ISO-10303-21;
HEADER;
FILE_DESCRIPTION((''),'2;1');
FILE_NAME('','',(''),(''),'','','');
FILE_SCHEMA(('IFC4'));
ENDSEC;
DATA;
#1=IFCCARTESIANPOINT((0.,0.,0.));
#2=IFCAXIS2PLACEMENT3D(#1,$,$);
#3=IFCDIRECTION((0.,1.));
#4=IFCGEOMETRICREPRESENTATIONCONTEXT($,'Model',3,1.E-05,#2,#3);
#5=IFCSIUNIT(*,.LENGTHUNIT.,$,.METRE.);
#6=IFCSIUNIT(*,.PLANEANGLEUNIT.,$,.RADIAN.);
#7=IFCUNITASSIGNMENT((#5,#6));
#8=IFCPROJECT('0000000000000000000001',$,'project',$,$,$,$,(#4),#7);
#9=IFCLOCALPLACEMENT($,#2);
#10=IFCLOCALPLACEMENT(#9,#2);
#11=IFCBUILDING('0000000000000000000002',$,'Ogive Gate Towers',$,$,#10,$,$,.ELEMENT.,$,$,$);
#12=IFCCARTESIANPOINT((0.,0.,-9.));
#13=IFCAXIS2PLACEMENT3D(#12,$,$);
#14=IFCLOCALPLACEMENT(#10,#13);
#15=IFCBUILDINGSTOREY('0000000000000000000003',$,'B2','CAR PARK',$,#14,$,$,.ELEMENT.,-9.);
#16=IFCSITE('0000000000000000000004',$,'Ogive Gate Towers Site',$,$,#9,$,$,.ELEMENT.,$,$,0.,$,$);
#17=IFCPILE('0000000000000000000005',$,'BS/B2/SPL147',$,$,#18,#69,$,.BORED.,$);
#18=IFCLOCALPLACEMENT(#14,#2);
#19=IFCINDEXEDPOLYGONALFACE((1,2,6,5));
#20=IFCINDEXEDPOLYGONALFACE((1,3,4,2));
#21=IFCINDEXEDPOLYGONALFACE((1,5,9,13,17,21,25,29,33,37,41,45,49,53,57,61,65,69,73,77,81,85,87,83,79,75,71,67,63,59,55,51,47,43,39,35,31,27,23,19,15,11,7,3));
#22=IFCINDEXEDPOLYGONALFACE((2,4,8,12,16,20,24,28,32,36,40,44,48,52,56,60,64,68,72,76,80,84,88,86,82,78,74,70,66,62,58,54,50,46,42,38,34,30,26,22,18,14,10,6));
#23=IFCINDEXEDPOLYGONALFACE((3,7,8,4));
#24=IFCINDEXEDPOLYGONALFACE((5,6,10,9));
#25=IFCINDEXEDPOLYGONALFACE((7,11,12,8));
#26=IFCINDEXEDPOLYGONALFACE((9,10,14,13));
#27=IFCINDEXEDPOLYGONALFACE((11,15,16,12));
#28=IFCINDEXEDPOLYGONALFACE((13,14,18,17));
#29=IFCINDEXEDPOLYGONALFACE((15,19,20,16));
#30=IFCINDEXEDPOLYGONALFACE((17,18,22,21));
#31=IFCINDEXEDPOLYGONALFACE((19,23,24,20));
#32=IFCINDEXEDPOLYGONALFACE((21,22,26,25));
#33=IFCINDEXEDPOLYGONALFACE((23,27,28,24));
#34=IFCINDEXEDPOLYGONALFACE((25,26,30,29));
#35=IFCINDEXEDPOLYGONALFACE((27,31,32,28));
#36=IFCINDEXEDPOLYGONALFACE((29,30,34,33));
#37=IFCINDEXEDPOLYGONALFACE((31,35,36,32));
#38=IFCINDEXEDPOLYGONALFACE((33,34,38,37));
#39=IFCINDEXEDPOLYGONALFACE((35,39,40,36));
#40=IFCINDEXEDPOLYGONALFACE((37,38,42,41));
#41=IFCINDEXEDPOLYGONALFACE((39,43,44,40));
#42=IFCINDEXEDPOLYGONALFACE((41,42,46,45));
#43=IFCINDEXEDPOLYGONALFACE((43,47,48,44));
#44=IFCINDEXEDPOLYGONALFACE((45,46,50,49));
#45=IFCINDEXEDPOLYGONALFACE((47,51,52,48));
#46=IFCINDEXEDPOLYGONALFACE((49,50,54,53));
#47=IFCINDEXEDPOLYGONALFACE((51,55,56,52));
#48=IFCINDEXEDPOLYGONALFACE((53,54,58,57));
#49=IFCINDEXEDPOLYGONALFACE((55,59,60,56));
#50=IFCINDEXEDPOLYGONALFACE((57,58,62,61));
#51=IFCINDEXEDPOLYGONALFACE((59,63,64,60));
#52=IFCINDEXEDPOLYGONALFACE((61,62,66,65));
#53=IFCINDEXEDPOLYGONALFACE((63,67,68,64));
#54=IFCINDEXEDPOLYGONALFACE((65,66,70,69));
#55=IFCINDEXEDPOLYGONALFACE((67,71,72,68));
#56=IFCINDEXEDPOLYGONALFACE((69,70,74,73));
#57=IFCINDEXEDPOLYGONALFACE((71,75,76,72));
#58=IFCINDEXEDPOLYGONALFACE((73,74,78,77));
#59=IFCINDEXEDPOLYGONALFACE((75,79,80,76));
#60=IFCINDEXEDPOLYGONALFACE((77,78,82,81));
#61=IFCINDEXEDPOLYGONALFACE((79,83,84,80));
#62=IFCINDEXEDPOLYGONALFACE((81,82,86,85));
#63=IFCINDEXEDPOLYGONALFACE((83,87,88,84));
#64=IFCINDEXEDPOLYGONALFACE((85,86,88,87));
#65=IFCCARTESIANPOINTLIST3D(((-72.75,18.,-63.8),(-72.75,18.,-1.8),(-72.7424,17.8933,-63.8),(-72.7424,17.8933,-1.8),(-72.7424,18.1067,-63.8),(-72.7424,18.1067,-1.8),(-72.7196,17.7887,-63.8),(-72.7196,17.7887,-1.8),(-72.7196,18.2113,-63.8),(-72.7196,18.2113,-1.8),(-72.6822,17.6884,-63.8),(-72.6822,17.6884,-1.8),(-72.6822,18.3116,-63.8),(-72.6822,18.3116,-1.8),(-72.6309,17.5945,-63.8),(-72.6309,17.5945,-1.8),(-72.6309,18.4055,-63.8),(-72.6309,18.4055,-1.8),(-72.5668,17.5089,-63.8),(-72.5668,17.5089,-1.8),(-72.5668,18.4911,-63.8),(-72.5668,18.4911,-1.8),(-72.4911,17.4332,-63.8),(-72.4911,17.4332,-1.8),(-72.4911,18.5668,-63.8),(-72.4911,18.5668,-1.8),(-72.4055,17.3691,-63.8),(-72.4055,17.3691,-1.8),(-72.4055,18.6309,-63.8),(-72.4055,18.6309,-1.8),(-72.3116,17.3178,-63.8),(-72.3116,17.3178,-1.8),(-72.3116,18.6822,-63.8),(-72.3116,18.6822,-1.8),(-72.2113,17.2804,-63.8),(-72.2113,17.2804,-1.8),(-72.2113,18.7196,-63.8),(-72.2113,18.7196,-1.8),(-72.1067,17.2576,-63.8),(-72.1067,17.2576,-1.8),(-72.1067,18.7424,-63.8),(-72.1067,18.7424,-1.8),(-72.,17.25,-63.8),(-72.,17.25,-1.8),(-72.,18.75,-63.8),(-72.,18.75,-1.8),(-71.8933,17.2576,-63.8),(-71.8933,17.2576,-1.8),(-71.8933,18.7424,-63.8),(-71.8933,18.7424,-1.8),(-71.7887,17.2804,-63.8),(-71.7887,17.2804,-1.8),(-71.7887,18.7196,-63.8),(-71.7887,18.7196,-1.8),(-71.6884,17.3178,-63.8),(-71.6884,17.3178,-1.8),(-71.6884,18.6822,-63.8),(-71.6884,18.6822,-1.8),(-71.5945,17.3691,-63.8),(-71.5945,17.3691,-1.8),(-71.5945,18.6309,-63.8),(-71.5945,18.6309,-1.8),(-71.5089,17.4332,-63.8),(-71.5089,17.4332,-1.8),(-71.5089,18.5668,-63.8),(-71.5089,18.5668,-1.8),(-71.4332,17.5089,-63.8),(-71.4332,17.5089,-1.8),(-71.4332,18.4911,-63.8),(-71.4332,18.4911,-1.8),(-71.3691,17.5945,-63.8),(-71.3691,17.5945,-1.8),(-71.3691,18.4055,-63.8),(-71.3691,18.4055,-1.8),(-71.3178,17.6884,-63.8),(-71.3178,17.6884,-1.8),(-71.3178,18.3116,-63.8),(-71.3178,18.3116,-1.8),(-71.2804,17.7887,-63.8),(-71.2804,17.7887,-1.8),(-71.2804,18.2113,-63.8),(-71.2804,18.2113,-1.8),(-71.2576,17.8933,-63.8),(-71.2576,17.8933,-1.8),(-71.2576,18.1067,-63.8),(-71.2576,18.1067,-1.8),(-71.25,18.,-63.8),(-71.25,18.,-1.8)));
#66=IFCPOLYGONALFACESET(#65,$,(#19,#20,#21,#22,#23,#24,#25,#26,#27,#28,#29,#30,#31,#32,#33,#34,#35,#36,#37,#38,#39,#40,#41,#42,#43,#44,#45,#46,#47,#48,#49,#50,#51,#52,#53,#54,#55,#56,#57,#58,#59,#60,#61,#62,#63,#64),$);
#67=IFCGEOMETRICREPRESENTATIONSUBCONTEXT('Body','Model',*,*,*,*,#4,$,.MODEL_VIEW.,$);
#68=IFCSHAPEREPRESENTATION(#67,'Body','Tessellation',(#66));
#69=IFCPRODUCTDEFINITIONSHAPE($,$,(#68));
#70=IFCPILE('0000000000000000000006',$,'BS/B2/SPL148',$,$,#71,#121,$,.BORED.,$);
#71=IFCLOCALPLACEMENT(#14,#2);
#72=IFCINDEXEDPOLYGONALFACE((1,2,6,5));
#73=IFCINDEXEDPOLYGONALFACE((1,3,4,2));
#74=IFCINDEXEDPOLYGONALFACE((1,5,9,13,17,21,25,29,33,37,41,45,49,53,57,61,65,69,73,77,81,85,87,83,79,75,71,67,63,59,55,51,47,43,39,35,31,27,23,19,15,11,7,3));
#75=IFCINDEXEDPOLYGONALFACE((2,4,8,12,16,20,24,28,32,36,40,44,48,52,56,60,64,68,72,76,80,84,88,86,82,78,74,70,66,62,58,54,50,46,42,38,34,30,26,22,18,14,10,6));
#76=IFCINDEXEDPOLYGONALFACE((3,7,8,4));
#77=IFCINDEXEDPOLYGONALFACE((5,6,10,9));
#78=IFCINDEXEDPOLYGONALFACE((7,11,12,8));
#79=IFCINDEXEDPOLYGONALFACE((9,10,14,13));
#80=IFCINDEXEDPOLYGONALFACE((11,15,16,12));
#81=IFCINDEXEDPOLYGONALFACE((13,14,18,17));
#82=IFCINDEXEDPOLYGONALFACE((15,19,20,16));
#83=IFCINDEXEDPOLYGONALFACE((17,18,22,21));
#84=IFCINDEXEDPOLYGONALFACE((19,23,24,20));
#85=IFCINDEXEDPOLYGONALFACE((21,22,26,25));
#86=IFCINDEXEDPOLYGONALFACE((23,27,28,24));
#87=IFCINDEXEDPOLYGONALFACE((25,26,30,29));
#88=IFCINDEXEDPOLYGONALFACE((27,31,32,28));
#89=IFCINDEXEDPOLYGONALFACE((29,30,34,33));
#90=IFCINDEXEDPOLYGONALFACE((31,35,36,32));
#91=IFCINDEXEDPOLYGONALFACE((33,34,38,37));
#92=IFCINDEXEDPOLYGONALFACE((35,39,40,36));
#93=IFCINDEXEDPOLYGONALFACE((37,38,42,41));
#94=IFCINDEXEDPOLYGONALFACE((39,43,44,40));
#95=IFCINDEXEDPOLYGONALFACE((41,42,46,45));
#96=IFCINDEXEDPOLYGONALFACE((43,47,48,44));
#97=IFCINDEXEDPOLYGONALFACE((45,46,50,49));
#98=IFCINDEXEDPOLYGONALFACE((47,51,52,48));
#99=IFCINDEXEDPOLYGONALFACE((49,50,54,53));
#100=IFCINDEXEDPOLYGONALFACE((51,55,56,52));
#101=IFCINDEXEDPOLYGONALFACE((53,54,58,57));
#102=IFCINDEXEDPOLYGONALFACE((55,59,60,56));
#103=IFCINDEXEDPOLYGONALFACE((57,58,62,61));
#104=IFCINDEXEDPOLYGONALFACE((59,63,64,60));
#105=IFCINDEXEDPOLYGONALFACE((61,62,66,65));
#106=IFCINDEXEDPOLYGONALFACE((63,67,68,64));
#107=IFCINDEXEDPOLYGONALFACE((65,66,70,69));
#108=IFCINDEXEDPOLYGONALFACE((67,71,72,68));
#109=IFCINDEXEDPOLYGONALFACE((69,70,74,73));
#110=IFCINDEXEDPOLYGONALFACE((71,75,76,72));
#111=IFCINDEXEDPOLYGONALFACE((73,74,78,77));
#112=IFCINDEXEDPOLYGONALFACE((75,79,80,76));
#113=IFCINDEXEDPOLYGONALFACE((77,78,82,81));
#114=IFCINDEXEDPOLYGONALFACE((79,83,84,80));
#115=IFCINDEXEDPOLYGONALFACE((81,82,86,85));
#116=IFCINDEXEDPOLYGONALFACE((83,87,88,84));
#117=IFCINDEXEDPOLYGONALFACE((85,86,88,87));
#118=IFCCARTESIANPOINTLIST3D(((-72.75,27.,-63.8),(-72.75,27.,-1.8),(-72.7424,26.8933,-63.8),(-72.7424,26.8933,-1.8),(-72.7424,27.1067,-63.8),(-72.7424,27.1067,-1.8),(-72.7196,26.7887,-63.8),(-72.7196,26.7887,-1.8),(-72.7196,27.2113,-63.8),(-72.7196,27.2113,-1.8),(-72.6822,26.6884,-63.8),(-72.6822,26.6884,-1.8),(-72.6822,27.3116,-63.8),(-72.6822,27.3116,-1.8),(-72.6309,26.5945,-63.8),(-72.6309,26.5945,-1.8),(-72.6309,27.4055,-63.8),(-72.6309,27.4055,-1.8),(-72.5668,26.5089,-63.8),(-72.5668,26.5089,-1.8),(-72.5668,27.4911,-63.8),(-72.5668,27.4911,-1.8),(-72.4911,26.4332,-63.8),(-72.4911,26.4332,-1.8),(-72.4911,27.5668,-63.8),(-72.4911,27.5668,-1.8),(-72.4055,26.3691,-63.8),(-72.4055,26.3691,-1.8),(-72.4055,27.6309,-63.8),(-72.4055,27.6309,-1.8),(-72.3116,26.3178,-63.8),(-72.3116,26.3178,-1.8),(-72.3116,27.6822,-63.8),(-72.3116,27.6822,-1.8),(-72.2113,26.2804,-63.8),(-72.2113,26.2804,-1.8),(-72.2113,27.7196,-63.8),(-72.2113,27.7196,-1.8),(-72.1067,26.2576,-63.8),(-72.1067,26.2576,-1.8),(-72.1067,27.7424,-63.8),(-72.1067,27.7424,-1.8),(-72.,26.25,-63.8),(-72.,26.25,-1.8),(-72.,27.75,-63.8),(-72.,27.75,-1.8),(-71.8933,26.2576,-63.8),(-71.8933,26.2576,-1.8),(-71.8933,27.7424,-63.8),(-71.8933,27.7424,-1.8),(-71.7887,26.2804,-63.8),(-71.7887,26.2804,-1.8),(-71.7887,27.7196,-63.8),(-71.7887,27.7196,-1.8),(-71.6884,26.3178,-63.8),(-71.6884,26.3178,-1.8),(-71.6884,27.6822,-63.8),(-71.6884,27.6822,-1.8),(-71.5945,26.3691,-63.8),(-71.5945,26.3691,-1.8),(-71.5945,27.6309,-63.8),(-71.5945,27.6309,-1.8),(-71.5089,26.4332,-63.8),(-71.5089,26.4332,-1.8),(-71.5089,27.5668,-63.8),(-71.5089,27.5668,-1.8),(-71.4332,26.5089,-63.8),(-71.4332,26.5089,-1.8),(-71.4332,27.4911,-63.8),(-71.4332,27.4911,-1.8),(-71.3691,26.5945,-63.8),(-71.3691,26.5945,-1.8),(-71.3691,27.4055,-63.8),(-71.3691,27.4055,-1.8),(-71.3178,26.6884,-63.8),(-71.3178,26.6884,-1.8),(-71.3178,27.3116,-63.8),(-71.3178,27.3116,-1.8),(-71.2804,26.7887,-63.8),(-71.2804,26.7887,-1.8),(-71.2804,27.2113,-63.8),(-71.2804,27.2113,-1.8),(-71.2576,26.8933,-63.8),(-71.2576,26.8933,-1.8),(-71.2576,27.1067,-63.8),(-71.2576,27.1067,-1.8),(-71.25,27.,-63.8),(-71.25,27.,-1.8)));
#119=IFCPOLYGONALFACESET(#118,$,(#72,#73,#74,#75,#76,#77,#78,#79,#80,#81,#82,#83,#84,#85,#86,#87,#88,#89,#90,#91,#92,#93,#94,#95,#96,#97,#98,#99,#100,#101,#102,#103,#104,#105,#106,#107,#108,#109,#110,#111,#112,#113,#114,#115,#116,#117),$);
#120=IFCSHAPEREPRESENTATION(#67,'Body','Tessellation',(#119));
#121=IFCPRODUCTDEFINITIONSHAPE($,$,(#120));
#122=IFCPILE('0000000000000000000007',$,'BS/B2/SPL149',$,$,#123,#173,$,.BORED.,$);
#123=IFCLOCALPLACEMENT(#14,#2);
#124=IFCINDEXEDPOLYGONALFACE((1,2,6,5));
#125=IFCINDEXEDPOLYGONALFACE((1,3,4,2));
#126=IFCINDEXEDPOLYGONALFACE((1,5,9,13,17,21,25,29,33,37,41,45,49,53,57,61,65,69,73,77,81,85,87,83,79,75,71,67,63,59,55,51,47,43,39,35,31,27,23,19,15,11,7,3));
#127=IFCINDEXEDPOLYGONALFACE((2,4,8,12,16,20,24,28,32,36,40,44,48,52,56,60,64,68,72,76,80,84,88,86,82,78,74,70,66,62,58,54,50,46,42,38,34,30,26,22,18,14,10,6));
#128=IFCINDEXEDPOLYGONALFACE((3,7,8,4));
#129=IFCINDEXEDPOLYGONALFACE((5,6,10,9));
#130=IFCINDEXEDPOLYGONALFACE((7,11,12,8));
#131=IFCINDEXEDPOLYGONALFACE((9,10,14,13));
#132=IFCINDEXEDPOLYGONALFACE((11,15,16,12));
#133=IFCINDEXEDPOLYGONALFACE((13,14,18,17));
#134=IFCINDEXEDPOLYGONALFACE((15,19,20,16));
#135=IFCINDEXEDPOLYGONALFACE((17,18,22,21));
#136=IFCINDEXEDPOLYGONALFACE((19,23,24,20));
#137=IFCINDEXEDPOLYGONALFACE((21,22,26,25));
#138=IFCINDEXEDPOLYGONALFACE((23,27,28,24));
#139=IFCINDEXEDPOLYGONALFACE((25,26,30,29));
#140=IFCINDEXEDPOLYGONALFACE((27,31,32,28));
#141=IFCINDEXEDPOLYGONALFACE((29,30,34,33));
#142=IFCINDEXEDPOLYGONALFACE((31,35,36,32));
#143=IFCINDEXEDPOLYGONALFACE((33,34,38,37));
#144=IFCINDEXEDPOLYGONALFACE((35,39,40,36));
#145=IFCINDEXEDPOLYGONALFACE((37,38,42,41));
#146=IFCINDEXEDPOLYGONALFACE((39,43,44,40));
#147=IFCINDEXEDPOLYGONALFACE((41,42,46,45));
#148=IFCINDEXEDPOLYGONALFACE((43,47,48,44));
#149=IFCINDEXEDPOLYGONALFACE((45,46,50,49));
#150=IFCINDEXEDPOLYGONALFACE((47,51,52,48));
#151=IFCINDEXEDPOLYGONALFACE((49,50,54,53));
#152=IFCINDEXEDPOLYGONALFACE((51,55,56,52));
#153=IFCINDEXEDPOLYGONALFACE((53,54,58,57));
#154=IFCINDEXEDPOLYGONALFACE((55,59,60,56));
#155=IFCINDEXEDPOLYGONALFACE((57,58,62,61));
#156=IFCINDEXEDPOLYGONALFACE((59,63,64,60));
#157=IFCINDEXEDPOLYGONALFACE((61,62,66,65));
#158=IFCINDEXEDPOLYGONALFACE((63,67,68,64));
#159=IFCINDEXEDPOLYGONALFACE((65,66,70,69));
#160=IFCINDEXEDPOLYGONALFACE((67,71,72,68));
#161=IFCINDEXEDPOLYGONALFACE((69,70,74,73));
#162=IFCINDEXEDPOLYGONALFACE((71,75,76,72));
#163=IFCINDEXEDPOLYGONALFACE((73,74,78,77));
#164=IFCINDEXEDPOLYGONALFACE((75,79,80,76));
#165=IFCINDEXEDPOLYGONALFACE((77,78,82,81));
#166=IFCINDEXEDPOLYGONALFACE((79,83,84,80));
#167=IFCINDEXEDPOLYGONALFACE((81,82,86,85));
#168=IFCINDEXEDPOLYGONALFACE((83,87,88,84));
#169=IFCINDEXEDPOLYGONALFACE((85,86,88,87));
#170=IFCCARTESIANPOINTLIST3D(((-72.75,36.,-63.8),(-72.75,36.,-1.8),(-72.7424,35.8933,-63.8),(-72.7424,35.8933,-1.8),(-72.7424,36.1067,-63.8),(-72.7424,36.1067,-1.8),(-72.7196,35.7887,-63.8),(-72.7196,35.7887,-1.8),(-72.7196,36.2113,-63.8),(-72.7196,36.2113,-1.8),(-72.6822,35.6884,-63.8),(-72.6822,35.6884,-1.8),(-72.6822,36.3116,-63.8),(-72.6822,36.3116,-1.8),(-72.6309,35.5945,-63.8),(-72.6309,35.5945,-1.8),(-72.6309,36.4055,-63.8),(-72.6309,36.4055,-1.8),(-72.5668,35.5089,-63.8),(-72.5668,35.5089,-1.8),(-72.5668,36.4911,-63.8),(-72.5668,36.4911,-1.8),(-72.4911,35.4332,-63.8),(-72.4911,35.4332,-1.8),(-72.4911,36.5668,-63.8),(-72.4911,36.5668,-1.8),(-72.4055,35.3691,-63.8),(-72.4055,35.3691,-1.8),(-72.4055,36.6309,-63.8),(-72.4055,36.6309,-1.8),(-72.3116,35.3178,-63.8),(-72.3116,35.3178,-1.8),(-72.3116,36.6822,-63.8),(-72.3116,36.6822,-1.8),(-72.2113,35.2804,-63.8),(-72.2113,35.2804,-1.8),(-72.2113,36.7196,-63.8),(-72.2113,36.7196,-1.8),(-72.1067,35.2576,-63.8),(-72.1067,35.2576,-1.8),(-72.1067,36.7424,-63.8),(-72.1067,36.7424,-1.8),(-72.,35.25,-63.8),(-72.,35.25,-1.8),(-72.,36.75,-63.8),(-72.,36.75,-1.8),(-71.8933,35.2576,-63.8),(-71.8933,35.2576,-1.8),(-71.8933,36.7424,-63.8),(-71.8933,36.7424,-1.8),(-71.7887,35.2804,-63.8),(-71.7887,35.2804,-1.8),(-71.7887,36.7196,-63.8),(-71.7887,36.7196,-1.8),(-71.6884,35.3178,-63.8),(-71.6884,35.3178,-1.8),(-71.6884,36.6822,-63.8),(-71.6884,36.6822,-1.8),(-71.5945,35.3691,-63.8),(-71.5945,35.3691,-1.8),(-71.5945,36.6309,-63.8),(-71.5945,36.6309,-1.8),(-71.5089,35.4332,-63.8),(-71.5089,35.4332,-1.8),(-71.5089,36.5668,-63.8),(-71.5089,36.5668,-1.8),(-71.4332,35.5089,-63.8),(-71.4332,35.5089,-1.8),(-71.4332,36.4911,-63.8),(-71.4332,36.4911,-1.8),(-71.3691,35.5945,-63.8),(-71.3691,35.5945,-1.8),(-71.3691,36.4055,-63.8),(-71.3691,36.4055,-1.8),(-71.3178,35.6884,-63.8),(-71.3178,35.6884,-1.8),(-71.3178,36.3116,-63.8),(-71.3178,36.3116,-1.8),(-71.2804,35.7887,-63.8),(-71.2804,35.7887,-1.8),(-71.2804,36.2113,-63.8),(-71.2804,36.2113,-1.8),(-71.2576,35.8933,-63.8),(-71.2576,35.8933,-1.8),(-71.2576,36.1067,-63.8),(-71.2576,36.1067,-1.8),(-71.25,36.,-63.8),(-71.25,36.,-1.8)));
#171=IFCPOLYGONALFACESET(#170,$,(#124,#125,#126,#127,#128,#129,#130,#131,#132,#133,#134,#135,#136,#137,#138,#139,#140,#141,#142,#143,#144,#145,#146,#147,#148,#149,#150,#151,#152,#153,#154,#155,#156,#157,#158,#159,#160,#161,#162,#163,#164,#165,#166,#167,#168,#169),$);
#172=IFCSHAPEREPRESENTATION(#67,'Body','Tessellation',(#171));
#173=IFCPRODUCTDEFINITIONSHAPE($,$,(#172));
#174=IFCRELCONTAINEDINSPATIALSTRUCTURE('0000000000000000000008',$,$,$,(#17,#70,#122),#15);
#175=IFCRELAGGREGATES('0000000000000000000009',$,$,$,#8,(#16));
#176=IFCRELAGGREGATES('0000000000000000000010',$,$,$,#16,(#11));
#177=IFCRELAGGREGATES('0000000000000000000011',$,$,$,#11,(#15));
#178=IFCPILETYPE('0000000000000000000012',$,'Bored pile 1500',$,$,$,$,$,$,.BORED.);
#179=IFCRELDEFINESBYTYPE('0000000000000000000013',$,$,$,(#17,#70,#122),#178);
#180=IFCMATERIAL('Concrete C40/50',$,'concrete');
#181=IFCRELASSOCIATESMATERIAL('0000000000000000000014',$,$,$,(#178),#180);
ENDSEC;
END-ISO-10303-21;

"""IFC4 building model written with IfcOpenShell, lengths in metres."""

from ifc_helpers import new_model, si_unit, direction, frame, origin, origin_2d, place, context, subcontext, project, spatial, circle, extrude, material, material_profile, profile_set, type_object, element, save


model = new_model("IFC4")

# Units and contexts
model_context = context("Model", 3, precision=1e-05, world=origin(), true_north=direction((0.0, 1.0)))
body_context = subcontext(model_context, "Body", "Model", "MODEL_VIEW")
ifc_project = project(units=[si_unit("LENGTHUNIT", "METRE"), si_unit("PLANEANGLEUNIT", "RADIAN")], contexts=[model_context])

# Site, building, storey
site_placement = place(None, origin())
site = spatial("IfcSite", under=ifc_project, at=site_placement, Name="Ogive Gate Towers Site", CompositionType="ELEMENT", RefElevation=0.0)
building_placement = place(site_placement, origin())
building = spatial("IfcBuilding", under=site, at=building_placement, Name="Ogive Gate Towers", CompositionType="ELEMENT")
storey_placement = place(building_placement, frame((0.0, 0.0, -9.0)))
storey = spatial("IfcBuildingStorey", under=building, at=storey_placement, Name="B2", Description="CAR PARK", CompositionType="ELEMENT", Elevation=-9.0)

# Piles
ifc_material_1 = material(Name="Concrete C40/50", Category="concrete")
ifc_material_profile_1 = material_profile(ifc_material_1, circle(Radius=0.75, at=origin_2d()), Name="BP 1500")
ifc_profile_set_1 = profile_set([ifc_material_profile_1], Name="Concrete C40/50")
pile_type = type_object("IfcPileType", Name="Bored pile 1500", PredefinedType="BORED", material=ifc_profile_set_1)
for number, where, z_axis, x_axis, name in (
    (1, (-72.0, 18.0, -1.8), (0.0, 0.0, -1.0), (1.0, 0.0, 0.0), "BS/B2/SPL147"),
    (2, (-72.0, 27.0, -1.8), (0.0, 0.0, -1.0), (1.0, 0.0, 0.0), "BS/B2/SPL148"),
    (3, (-72.0, 36.0, -1.8), (0.0, 0.0, -1.0), (1.0, 0.0, 0.0), "BS/B2/SPL149"),
):
    element("IfcPile", number, at=place(storey_placement, frame(where, z_axis=z_axis, x_axis=x_axis)), inside=storey, type_object=pile_type, Name=name, PredefinedType="BORED", context=body_context, shape_type="SweptSolid", body=[
        extrude(circle(Radius=0.75, at=origin_2d()), origin(), (0.0, 0.0, 1.0), 62.0),
    ])

save(model, "model.ifc")
